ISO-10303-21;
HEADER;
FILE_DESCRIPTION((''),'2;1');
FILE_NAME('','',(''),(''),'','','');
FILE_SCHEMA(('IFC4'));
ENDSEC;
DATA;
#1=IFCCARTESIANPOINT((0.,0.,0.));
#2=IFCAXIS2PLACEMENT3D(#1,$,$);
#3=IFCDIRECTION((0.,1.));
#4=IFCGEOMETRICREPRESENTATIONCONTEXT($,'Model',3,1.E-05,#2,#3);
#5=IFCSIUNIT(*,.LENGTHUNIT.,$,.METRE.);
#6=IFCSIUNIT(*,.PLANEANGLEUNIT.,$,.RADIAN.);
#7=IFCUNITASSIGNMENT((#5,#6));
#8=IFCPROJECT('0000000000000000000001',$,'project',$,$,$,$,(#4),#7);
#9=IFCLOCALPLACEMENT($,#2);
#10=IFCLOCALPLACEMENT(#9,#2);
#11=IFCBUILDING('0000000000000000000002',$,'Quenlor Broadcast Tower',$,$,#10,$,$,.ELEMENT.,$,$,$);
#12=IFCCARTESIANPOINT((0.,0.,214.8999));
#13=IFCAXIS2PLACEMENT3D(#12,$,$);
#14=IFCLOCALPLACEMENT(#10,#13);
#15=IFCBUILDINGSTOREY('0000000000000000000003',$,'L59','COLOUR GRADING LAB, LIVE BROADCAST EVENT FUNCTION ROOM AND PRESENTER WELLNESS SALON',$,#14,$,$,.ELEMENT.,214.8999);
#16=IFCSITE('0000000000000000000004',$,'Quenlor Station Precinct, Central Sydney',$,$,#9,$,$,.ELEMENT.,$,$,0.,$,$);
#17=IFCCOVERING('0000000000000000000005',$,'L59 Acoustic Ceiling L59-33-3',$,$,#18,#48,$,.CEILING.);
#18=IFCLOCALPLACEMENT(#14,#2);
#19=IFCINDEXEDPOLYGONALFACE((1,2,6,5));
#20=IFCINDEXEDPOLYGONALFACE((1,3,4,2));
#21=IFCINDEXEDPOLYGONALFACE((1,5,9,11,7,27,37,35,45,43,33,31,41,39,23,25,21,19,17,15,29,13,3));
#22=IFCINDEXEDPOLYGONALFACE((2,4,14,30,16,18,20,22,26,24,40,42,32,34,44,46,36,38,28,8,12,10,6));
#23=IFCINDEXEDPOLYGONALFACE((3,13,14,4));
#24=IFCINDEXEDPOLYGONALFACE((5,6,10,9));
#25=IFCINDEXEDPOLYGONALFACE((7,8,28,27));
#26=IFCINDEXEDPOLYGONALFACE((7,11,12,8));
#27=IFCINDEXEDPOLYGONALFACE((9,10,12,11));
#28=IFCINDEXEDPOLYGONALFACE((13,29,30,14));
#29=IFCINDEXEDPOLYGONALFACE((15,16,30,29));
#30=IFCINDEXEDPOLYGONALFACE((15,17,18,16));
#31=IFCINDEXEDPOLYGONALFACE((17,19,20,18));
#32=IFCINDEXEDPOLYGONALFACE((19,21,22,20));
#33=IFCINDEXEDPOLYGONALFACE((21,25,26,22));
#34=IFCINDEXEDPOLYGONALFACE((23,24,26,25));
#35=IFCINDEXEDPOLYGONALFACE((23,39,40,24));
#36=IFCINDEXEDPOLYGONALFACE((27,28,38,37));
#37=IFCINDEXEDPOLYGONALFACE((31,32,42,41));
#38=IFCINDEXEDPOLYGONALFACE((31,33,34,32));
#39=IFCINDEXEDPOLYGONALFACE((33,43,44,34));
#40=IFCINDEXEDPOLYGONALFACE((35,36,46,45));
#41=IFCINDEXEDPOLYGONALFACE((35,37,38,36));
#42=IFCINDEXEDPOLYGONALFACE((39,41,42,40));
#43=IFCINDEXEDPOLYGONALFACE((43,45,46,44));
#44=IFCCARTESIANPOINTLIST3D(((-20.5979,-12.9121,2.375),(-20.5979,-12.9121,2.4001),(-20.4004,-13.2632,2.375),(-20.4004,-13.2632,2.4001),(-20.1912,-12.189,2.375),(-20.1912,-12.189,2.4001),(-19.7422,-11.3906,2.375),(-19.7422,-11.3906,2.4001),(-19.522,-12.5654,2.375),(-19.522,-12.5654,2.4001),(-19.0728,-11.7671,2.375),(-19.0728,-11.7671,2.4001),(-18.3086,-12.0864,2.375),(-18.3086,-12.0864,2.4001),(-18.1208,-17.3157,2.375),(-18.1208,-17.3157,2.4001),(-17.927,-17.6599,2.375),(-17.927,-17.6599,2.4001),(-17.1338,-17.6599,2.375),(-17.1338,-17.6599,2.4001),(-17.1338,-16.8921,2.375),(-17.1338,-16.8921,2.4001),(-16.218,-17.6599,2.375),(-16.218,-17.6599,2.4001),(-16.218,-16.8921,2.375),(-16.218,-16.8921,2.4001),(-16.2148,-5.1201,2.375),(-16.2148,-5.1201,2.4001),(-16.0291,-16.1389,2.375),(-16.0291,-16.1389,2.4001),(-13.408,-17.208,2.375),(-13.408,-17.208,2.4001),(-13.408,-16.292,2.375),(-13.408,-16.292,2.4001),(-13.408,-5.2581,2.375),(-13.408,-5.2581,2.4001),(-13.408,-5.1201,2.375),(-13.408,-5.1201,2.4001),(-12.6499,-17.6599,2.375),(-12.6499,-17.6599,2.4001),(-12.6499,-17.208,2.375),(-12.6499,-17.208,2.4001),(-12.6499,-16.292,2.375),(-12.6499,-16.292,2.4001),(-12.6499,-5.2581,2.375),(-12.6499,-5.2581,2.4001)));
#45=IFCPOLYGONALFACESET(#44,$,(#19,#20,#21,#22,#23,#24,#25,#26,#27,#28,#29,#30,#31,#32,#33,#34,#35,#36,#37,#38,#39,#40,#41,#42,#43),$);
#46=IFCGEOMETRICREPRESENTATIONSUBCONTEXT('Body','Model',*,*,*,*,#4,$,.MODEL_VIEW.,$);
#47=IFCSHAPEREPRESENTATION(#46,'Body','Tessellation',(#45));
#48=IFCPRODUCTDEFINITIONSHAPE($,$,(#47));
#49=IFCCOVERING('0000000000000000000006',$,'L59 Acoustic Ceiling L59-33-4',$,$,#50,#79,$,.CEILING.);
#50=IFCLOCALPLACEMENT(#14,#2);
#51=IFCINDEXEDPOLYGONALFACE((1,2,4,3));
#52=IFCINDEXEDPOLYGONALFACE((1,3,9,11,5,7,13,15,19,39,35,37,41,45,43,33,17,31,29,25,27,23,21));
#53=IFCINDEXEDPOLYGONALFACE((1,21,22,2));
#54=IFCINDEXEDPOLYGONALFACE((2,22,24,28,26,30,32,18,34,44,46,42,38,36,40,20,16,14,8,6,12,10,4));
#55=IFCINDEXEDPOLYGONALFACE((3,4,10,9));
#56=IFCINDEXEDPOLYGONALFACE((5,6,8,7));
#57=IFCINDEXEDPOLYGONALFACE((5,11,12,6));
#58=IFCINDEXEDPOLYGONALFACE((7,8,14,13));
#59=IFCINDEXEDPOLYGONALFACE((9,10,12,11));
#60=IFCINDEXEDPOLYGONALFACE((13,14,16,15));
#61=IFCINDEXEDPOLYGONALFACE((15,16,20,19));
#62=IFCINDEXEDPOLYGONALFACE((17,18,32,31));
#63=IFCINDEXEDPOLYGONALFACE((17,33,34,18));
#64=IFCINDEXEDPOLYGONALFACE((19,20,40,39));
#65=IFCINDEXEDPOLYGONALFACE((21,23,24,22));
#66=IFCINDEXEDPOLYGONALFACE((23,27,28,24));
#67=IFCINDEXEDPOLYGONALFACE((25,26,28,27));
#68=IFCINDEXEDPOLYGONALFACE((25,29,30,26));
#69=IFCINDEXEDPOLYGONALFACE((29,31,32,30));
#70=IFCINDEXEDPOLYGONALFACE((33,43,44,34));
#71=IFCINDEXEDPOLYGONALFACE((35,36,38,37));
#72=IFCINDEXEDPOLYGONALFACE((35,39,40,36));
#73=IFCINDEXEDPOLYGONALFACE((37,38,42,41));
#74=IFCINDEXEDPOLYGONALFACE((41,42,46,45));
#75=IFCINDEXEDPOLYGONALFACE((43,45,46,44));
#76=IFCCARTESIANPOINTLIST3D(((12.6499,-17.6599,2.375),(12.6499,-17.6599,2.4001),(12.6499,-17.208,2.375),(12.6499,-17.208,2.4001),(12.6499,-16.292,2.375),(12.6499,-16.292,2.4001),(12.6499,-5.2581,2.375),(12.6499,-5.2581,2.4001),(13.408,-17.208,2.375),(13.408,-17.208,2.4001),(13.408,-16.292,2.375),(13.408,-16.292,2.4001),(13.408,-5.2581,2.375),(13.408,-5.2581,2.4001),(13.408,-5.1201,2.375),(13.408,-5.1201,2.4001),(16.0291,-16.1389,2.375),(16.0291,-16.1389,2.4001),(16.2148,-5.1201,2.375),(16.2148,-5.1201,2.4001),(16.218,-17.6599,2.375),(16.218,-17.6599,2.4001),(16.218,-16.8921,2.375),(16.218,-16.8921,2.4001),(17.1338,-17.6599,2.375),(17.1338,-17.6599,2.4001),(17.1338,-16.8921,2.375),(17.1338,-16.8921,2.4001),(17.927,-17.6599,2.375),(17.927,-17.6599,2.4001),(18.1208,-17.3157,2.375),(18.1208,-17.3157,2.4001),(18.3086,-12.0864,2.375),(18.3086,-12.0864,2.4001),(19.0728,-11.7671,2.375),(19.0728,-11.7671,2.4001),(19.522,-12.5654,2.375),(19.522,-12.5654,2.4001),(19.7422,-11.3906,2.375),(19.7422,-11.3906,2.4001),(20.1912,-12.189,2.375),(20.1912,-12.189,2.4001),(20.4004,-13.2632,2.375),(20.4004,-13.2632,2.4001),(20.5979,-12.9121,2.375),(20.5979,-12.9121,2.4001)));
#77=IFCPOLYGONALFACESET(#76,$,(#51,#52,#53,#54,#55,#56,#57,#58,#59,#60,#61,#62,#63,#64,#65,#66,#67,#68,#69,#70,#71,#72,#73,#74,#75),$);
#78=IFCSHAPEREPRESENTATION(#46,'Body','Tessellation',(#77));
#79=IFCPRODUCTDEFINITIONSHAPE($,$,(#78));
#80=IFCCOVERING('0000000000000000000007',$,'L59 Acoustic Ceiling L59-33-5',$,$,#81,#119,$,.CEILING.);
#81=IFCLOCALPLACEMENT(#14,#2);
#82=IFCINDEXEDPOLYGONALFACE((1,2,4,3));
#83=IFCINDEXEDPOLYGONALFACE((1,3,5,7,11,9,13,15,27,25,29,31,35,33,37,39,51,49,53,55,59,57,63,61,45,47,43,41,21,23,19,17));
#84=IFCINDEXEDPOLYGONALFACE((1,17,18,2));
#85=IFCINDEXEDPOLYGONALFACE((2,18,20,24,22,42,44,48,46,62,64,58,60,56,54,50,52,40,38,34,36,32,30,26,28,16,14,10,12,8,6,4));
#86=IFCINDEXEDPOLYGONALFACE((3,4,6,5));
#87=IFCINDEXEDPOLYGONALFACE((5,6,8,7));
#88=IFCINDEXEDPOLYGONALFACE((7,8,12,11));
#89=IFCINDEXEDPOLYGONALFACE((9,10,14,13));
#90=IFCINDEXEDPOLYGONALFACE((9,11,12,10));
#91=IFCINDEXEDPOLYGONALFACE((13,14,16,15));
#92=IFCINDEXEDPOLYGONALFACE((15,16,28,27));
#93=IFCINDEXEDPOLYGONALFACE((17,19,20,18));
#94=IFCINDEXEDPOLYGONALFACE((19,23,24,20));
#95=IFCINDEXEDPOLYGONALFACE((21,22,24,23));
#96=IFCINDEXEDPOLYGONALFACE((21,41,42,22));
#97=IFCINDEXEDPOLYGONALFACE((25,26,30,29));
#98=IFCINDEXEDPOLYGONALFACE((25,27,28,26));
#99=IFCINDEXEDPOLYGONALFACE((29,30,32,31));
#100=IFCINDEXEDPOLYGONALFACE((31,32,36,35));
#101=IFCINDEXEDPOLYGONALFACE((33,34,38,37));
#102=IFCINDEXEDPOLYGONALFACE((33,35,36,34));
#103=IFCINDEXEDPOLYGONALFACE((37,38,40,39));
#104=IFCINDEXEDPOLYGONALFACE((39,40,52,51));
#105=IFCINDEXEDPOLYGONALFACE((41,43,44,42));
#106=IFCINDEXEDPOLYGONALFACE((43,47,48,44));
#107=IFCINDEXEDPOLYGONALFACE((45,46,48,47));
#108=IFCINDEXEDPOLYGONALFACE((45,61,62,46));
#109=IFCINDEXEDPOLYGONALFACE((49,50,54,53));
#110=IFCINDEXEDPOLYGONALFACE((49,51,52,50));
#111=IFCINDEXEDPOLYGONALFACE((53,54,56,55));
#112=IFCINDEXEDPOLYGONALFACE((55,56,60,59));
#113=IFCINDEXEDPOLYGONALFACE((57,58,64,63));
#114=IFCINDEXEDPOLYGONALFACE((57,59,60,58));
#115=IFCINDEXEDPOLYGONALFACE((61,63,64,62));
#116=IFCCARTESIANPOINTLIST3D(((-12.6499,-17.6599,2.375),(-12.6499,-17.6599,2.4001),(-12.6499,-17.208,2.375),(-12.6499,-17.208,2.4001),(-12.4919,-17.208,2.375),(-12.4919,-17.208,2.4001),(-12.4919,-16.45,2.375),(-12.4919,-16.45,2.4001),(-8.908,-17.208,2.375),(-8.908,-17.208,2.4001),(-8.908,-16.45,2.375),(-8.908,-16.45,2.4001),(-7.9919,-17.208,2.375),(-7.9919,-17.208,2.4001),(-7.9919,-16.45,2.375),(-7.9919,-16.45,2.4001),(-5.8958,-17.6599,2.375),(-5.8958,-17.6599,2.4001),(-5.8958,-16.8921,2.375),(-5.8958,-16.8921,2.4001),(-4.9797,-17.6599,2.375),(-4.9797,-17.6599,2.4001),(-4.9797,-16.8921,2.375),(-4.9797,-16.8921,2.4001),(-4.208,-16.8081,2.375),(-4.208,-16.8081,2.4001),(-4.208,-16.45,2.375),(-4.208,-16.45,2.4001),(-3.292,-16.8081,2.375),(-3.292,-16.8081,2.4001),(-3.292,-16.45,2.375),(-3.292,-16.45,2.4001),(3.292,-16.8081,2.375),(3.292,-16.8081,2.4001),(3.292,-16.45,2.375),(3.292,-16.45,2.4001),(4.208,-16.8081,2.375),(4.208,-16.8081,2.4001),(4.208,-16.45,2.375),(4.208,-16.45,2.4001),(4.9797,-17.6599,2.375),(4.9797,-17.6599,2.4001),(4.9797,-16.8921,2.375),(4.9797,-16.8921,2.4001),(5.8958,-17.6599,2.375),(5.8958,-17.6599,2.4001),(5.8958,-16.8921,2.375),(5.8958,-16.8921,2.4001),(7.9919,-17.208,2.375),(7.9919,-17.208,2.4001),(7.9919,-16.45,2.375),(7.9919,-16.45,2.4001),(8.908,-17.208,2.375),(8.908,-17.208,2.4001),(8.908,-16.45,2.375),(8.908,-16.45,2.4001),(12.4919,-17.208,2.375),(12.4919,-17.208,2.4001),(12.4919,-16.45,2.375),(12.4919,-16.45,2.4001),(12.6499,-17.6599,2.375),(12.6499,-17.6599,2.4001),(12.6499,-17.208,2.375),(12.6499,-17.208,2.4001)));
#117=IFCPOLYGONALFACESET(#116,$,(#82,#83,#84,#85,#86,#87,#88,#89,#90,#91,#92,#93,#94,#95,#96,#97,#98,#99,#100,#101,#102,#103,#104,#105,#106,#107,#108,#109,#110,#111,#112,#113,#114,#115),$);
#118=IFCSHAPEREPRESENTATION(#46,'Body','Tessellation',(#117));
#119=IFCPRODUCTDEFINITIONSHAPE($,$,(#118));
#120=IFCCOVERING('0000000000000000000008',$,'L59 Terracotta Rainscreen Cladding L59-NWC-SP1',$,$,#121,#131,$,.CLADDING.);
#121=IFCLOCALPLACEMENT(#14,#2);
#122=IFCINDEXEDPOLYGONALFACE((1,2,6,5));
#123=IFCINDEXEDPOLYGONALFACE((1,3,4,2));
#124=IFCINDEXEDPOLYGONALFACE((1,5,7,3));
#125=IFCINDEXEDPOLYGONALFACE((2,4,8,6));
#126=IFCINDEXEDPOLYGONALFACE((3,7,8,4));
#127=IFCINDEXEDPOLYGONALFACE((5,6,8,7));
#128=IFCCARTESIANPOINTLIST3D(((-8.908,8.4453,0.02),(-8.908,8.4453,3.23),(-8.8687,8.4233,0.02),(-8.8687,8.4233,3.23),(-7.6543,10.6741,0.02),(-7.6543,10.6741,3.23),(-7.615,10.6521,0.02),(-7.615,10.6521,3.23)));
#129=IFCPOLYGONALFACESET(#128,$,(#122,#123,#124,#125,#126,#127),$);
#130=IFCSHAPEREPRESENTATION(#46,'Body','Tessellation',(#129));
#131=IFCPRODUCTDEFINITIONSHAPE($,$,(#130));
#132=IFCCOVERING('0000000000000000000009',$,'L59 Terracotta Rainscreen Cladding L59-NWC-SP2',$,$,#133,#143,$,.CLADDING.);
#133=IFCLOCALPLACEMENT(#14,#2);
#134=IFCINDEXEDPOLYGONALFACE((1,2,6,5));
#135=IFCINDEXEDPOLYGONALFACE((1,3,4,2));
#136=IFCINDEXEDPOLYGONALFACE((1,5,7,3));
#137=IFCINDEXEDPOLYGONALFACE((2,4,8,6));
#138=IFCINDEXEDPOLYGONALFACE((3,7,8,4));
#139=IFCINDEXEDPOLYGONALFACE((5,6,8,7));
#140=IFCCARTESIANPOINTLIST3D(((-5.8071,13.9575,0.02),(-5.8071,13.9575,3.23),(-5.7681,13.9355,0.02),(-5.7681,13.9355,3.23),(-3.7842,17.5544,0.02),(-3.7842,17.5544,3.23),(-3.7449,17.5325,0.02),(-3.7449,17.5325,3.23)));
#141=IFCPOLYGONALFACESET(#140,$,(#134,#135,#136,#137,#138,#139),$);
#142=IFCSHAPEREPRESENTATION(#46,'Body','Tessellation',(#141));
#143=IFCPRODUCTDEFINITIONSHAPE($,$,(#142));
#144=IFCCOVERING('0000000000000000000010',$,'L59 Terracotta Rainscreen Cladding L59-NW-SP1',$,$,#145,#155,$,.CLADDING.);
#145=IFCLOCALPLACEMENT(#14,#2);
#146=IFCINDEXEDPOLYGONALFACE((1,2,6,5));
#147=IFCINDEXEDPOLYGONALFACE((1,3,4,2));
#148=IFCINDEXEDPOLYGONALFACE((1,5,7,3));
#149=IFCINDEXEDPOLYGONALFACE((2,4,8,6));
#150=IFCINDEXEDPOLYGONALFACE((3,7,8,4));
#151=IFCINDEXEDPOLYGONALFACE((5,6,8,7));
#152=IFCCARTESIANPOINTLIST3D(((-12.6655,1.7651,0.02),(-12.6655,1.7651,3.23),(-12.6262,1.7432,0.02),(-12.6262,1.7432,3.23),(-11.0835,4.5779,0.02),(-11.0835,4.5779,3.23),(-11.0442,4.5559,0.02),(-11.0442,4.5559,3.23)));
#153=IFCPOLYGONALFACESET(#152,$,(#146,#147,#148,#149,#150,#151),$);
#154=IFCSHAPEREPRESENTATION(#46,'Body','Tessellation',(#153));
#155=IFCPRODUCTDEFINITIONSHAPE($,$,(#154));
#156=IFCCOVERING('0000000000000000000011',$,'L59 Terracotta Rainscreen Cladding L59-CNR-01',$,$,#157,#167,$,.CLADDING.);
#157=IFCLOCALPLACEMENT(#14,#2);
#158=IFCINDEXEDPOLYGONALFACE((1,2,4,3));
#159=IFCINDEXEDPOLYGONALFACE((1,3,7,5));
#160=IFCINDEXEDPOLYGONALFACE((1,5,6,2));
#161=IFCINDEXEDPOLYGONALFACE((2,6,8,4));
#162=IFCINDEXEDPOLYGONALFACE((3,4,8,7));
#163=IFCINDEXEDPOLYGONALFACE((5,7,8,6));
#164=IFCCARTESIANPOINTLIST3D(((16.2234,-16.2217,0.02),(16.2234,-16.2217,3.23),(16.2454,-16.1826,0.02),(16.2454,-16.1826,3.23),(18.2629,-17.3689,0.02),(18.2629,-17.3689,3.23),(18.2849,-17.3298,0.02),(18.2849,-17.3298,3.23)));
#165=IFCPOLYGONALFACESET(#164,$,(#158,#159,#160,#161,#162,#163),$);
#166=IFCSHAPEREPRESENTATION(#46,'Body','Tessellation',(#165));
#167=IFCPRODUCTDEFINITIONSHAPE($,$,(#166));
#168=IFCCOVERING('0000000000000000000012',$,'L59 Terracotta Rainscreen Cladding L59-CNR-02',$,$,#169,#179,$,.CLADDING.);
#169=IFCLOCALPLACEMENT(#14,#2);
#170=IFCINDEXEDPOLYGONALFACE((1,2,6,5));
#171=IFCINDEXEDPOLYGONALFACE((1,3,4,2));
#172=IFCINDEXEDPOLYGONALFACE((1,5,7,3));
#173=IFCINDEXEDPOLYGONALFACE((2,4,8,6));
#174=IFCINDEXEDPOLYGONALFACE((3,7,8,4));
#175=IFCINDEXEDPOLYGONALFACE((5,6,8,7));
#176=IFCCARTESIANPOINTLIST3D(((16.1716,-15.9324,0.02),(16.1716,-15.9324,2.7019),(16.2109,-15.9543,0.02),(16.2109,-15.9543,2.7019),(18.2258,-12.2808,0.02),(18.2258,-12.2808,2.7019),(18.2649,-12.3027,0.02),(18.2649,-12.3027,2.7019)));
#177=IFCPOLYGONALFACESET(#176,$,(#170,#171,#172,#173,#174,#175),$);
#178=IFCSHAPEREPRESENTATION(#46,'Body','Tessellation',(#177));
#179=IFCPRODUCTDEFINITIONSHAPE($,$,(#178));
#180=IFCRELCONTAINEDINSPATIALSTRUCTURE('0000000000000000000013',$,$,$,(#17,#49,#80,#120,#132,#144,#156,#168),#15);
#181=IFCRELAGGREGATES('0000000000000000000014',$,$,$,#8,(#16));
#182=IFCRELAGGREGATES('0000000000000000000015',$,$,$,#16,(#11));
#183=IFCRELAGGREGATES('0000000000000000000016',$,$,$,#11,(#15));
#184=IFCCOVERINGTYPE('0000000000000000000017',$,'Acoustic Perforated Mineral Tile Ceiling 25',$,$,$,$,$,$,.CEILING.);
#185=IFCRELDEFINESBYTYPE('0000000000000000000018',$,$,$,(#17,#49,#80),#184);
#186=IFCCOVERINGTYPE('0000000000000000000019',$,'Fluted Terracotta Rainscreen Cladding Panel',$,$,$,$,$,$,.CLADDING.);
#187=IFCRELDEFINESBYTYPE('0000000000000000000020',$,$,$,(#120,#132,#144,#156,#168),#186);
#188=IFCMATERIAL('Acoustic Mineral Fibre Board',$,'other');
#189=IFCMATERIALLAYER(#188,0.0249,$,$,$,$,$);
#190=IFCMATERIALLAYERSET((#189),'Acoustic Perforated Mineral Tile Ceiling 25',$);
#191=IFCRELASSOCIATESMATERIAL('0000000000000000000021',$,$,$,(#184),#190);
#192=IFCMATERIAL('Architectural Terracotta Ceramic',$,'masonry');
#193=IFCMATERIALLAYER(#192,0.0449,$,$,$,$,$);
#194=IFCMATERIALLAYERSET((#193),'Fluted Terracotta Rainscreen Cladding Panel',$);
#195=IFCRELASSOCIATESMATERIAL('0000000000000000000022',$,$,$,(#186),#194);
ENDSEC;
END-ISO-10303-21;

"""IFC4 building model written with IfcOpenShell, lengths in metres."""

from ifc_helpers import new_model, si_unit, direction, frame, origin, place, context, subcontext, project, spatial, polyline, outline, extrude, material, layer, layer_set, type_object, element, save


model = new_model("IFC4")

# Units and contexts
model_context = context("Model", 3, precision=1e-05, world=origin(), true_north=direction((0.0, 1.0)))
body_context = subcontext(model_context, "Body", "Model", "MODEL_VIEW")
ifc_project = project(units=[si_unit("LENGTHUNIT", "METRE"), si_unit("PLANEANGLEUNIT", "RADIAN")], contexts=[model_context])

# Site, building, storey
site_placement = place(None, origin())
site = spatial("IfcSite", under=ifc_project, at=site_placement, Name="Quenlor Station Precinct, Central Sydney", CompositionType="ELEMENT", RefElevation=0.0)
building_placement = place(site_placement, origin())
building = spatial("IfcBuilding", under=site, at=building_placement, Name="Quenlor Broadcast Tower", CompositionType="ELEMENT")
storey_placement = place(building_placement, frame((0.0, 0.0, 214.8999)))
storey = spatial("IfcBuildingStorey", under=building, at=storey_placement, Name="L59", Description="COLOUR GRADING LAB, LIVE BROADCAST EVENT FUNCTION ROOM AND PRESENTER WELLNESS SALON", CompositionType="ELEMENT", Elevation=214.8999)

# Coverings
ifc_material_1 = material(Name="Acoustic Mineral Fibre Board", Category="other")
ifc_layer_1 = layer(ifc_material_1, 0.0249)
ifc_layer_set_1 = layer_set([ifc_layer_1], Name="Acoustic Perforated Mineral Tile Ceiling 25")
covering_type_1 = type_object("IfcCoveringType", Name="Acoustic Perforated Mineral Tile Ceiling 25", PredefinedType="CEILING", material=ifc_layer_set_1)
covering_1_placement = place(storey_placement, frame((0.0, 0.0, 2.375)))
element("IfcCovering", 1, at=covering_1_placement, inside=storey, type_object=covering_type_1, Name="L59 Acoustic Ceiling L59-33-3", PredefinedType="CEILING", context=body_context, shape_type="SweptSolid", body=[
    extrude(outline(polyline([(-20.5979, -12.9121), (-20.1912, -12.189), (-19.522, -12.5654), (-19.0728, -11.7671), (-19.7422, -11.3906), (-16.2148, -5.1201), (-13.408, -5.1201), (-13.408, -5.2581), (-12.6499, -5.2581), (-12.6499, -16.292), (-13.408, -16.292), (-13.408, -17.208), (-12.6499, -17.208), (-12.6499, -17.6599), (-16.218, -17.6599), (-16.218, -16.8921), (-17.1338, -16.8921), (-17.1338, -17.6599), (-17.927, -17.6599), (-18.1208, -17.3157), (-16.0291, -16.1389), (-18.3086, -12.0864), (-20.4004, -13.2632), (-20.5979, -12.9121)])), origin(), (0.0, 0.0, 1.0), 0.0251),
])
covering_2_placement = place(storey_placement, frame((0.0, 0.0, 2.375)))
element("IfcCovering", 2, at=covering_2_placement, inside=storey, type_object=covering_type_1, Name="L59 Acoustic Ceiling L59-33-4", PredefinedType="CEILING", context=body_context, shape_type="SweptSolid", body=[
    extrude(outline(polyline([(13.408, -17.208), (13.408, -16.292), (12.6499, -16.292), (12.6499, -5.2581), (13.408, -5.2581), (13.408, -5.1201), (16.2148, -5.1201), (19.7422, -11.3906), (19.0728, -11.7671), (19.522, -12.5654), (20.1912, -12.189), (20.5979, -12.9121), (20.4004, -13.2632), (18.3086, -12.0864), (16.0291, -16.1389), (18.1208, -17.3157), (17.927, -17.6599), (17.1338, -17.6599), (17.1338, -16.8921), (16.218, -16.8921), (16.218, -17.6599), (12.6499, -17.6599), (12.6499, -17.208), (13.408, -17.208)])), origin(), (0.0, 0.0, 1.0), 0.0251),
])
covering_3_placement = place(storey_placement, frame((0.0, 0.0, 2.375)))
element("IfcCovering", 3, at=covering_3_placement, inside=storey, type_object=covering_type_1, Name="L59 Acoustic Ceiling L59-33-5", PredefinedType="CEILING", context=body_context, shape_type="SweptSolid", body=[
    extrude(outline(polyline([(-12.4919, -17.208), (-12.4919, -16.45), (-8.908, -16.45), (-8.908, -17.208), (-7.9919, -17.208), (-7.9919, -16.45), (-4.208, -16.45), (-4.208, -16.8081), (-3.292, -16.8081), (-3.292, -16.45), (3.292, -16.45), (3.292, -16.8081), (4.208, -16.8081), (4.208, -16.45), (7.9919, -16.45), (7.9919, -17.208), (8.908, -17.208), (8.908, -16.45), (12.4919, -16.45), (12.4919, -17.208), (12.6499, -17.208), (12.6499, -17.6599), (5.8958, -17.6599), (5.8958, -16.8921), (4.9797, -16.8921), (4.9797, -17.6599), (-4.9797, -17.6599), (-4.9797, -16.8921), (-5.8958, -16.8921), (-5.8958, -17.6599), (-12.6499, -17.6599), (-12.6499, -17.208), (-12.4919, -17.208)])), origin(), (0.0, 0.0, 1.0), 0.0251),
])
ifc_material_2 = material(Name="Architectural Terracotta Ceramic", Category="masonry")
ifc_layer_2 = layer(ifc_material_2, 0.0449)
ifc_layer_set_2 = layer_set([ifc_layer_2], Name="Fluted Terracotta Rainscreen Cladding Panel")
covering_type_2 = type_object("IfcCoveringType", Name="Fluted Terracotta Rainscreen Cladding Panel", PredefinedType="CLADDING", material=ifc_layer_set_2)
covering_4_placement = place(storey_placement, frame((0.0, 0.0, 0.02)))
element("IfcCovering", 4, at=covering_4_placement, inside=storey, type_object=covering_type_2, Name="L59 Terracotta Rainscreen Cladding L59-NWC-SP1", PredefinedType="CLADDING", context=body_context, shape_type="SweptSolid", body=[
    extrude(outline(polyline([(-8.8687, 8.4233), (-7.615, 10.6521), (-7.6543, 10.6741), (-8.908, 8.4453), (-8.8687, 8.4233)])), origin(), (0.0, 0.0, 1.0), 3.21),
])
covering_5_placement = place(storey_placement, frame((0.0, 0.0, 0.02)))
element("IfcCovering", 5, at=covering_5_placement, inside=storey, type_object=covering_type_2, Name="L59 Terracotta Rainscreen Cladding L59-NWC-SP2", PredefinedType="CLADDING", context=body_context, shape_type="SweptSolid", body=[
    extrude(outline(polyline([(-5.7681, 13.9355), (-3.7449, 17.5325), (-3.7842, 17.5544), (-5.8071, 13.9575), (-5.7681, 13.9355)])), origin(), (0.0, 0.0, 1.0), 3.21),
])
covering_6_placement = place(storey_placement, frame((0.0, 0.0, 0.02)))
element("IfcCovering", 6, at=covering_6_placement, inside=storey, type_object=covering_type_2, Name="L59 Terracotta Rainscreen Cladding L59-NW-SP1", PredefinedType="CLADDING", context=body_context, shape_type="SweptSolid", body=[
    extrude(outline(polyline([(-12.6262, 1.7432), (-11.0442, 4.5559), (-11.0835, 4.5779), (-12.6655, 1.7651), (-12.6262, 1.7432)])), origin(), (0.0, 0.0, 1.0), 3.21),
])
covering_7_placement = place(storey_placement, frame((0.0, 0.0, 0.02)))
element("IfcCovering", 7, at=covering_7_placement, inside=storey, type_object=covering_type_2, Name="L59 Terracotta Rainscreen Cladding L59-CNR-01", PredefinedType="CLADDING", context=body_context, shape_type="SweptSolid", body=[
    extrude(outline(polyline([(18.2849, -17.3298), (16.2454, -16.1826), (16.2234, -16.2217), (18.2629, -17.3689), (18.2849, -17.3298)])), origin(), (0.0, 0.0, 1.0), 3.21),
])
covering_8_placement = place(storey_placement, frame((0.0, 0.0, 0.02)))
element("IfcCovering", 8, at=covering_8_placement, inside=storey, type_object=covering_type_2, Name="L59 Terracotta Rainscreen Cladding L59-CNR-02", PredefinedType="CLADDING", context=body_context, shape_type="SweptSolid", body=[
    extrude(outline(polyline([(16.2109, -15.9543), (18.2649, -12.3027), (18.2258, -12.2808), (16.1716, -15.9324), (16.2109, -15.9543)])), origin(), (0.0, 0.0, 1.0), 2.6819),
])

save(model, "model.ifc")
